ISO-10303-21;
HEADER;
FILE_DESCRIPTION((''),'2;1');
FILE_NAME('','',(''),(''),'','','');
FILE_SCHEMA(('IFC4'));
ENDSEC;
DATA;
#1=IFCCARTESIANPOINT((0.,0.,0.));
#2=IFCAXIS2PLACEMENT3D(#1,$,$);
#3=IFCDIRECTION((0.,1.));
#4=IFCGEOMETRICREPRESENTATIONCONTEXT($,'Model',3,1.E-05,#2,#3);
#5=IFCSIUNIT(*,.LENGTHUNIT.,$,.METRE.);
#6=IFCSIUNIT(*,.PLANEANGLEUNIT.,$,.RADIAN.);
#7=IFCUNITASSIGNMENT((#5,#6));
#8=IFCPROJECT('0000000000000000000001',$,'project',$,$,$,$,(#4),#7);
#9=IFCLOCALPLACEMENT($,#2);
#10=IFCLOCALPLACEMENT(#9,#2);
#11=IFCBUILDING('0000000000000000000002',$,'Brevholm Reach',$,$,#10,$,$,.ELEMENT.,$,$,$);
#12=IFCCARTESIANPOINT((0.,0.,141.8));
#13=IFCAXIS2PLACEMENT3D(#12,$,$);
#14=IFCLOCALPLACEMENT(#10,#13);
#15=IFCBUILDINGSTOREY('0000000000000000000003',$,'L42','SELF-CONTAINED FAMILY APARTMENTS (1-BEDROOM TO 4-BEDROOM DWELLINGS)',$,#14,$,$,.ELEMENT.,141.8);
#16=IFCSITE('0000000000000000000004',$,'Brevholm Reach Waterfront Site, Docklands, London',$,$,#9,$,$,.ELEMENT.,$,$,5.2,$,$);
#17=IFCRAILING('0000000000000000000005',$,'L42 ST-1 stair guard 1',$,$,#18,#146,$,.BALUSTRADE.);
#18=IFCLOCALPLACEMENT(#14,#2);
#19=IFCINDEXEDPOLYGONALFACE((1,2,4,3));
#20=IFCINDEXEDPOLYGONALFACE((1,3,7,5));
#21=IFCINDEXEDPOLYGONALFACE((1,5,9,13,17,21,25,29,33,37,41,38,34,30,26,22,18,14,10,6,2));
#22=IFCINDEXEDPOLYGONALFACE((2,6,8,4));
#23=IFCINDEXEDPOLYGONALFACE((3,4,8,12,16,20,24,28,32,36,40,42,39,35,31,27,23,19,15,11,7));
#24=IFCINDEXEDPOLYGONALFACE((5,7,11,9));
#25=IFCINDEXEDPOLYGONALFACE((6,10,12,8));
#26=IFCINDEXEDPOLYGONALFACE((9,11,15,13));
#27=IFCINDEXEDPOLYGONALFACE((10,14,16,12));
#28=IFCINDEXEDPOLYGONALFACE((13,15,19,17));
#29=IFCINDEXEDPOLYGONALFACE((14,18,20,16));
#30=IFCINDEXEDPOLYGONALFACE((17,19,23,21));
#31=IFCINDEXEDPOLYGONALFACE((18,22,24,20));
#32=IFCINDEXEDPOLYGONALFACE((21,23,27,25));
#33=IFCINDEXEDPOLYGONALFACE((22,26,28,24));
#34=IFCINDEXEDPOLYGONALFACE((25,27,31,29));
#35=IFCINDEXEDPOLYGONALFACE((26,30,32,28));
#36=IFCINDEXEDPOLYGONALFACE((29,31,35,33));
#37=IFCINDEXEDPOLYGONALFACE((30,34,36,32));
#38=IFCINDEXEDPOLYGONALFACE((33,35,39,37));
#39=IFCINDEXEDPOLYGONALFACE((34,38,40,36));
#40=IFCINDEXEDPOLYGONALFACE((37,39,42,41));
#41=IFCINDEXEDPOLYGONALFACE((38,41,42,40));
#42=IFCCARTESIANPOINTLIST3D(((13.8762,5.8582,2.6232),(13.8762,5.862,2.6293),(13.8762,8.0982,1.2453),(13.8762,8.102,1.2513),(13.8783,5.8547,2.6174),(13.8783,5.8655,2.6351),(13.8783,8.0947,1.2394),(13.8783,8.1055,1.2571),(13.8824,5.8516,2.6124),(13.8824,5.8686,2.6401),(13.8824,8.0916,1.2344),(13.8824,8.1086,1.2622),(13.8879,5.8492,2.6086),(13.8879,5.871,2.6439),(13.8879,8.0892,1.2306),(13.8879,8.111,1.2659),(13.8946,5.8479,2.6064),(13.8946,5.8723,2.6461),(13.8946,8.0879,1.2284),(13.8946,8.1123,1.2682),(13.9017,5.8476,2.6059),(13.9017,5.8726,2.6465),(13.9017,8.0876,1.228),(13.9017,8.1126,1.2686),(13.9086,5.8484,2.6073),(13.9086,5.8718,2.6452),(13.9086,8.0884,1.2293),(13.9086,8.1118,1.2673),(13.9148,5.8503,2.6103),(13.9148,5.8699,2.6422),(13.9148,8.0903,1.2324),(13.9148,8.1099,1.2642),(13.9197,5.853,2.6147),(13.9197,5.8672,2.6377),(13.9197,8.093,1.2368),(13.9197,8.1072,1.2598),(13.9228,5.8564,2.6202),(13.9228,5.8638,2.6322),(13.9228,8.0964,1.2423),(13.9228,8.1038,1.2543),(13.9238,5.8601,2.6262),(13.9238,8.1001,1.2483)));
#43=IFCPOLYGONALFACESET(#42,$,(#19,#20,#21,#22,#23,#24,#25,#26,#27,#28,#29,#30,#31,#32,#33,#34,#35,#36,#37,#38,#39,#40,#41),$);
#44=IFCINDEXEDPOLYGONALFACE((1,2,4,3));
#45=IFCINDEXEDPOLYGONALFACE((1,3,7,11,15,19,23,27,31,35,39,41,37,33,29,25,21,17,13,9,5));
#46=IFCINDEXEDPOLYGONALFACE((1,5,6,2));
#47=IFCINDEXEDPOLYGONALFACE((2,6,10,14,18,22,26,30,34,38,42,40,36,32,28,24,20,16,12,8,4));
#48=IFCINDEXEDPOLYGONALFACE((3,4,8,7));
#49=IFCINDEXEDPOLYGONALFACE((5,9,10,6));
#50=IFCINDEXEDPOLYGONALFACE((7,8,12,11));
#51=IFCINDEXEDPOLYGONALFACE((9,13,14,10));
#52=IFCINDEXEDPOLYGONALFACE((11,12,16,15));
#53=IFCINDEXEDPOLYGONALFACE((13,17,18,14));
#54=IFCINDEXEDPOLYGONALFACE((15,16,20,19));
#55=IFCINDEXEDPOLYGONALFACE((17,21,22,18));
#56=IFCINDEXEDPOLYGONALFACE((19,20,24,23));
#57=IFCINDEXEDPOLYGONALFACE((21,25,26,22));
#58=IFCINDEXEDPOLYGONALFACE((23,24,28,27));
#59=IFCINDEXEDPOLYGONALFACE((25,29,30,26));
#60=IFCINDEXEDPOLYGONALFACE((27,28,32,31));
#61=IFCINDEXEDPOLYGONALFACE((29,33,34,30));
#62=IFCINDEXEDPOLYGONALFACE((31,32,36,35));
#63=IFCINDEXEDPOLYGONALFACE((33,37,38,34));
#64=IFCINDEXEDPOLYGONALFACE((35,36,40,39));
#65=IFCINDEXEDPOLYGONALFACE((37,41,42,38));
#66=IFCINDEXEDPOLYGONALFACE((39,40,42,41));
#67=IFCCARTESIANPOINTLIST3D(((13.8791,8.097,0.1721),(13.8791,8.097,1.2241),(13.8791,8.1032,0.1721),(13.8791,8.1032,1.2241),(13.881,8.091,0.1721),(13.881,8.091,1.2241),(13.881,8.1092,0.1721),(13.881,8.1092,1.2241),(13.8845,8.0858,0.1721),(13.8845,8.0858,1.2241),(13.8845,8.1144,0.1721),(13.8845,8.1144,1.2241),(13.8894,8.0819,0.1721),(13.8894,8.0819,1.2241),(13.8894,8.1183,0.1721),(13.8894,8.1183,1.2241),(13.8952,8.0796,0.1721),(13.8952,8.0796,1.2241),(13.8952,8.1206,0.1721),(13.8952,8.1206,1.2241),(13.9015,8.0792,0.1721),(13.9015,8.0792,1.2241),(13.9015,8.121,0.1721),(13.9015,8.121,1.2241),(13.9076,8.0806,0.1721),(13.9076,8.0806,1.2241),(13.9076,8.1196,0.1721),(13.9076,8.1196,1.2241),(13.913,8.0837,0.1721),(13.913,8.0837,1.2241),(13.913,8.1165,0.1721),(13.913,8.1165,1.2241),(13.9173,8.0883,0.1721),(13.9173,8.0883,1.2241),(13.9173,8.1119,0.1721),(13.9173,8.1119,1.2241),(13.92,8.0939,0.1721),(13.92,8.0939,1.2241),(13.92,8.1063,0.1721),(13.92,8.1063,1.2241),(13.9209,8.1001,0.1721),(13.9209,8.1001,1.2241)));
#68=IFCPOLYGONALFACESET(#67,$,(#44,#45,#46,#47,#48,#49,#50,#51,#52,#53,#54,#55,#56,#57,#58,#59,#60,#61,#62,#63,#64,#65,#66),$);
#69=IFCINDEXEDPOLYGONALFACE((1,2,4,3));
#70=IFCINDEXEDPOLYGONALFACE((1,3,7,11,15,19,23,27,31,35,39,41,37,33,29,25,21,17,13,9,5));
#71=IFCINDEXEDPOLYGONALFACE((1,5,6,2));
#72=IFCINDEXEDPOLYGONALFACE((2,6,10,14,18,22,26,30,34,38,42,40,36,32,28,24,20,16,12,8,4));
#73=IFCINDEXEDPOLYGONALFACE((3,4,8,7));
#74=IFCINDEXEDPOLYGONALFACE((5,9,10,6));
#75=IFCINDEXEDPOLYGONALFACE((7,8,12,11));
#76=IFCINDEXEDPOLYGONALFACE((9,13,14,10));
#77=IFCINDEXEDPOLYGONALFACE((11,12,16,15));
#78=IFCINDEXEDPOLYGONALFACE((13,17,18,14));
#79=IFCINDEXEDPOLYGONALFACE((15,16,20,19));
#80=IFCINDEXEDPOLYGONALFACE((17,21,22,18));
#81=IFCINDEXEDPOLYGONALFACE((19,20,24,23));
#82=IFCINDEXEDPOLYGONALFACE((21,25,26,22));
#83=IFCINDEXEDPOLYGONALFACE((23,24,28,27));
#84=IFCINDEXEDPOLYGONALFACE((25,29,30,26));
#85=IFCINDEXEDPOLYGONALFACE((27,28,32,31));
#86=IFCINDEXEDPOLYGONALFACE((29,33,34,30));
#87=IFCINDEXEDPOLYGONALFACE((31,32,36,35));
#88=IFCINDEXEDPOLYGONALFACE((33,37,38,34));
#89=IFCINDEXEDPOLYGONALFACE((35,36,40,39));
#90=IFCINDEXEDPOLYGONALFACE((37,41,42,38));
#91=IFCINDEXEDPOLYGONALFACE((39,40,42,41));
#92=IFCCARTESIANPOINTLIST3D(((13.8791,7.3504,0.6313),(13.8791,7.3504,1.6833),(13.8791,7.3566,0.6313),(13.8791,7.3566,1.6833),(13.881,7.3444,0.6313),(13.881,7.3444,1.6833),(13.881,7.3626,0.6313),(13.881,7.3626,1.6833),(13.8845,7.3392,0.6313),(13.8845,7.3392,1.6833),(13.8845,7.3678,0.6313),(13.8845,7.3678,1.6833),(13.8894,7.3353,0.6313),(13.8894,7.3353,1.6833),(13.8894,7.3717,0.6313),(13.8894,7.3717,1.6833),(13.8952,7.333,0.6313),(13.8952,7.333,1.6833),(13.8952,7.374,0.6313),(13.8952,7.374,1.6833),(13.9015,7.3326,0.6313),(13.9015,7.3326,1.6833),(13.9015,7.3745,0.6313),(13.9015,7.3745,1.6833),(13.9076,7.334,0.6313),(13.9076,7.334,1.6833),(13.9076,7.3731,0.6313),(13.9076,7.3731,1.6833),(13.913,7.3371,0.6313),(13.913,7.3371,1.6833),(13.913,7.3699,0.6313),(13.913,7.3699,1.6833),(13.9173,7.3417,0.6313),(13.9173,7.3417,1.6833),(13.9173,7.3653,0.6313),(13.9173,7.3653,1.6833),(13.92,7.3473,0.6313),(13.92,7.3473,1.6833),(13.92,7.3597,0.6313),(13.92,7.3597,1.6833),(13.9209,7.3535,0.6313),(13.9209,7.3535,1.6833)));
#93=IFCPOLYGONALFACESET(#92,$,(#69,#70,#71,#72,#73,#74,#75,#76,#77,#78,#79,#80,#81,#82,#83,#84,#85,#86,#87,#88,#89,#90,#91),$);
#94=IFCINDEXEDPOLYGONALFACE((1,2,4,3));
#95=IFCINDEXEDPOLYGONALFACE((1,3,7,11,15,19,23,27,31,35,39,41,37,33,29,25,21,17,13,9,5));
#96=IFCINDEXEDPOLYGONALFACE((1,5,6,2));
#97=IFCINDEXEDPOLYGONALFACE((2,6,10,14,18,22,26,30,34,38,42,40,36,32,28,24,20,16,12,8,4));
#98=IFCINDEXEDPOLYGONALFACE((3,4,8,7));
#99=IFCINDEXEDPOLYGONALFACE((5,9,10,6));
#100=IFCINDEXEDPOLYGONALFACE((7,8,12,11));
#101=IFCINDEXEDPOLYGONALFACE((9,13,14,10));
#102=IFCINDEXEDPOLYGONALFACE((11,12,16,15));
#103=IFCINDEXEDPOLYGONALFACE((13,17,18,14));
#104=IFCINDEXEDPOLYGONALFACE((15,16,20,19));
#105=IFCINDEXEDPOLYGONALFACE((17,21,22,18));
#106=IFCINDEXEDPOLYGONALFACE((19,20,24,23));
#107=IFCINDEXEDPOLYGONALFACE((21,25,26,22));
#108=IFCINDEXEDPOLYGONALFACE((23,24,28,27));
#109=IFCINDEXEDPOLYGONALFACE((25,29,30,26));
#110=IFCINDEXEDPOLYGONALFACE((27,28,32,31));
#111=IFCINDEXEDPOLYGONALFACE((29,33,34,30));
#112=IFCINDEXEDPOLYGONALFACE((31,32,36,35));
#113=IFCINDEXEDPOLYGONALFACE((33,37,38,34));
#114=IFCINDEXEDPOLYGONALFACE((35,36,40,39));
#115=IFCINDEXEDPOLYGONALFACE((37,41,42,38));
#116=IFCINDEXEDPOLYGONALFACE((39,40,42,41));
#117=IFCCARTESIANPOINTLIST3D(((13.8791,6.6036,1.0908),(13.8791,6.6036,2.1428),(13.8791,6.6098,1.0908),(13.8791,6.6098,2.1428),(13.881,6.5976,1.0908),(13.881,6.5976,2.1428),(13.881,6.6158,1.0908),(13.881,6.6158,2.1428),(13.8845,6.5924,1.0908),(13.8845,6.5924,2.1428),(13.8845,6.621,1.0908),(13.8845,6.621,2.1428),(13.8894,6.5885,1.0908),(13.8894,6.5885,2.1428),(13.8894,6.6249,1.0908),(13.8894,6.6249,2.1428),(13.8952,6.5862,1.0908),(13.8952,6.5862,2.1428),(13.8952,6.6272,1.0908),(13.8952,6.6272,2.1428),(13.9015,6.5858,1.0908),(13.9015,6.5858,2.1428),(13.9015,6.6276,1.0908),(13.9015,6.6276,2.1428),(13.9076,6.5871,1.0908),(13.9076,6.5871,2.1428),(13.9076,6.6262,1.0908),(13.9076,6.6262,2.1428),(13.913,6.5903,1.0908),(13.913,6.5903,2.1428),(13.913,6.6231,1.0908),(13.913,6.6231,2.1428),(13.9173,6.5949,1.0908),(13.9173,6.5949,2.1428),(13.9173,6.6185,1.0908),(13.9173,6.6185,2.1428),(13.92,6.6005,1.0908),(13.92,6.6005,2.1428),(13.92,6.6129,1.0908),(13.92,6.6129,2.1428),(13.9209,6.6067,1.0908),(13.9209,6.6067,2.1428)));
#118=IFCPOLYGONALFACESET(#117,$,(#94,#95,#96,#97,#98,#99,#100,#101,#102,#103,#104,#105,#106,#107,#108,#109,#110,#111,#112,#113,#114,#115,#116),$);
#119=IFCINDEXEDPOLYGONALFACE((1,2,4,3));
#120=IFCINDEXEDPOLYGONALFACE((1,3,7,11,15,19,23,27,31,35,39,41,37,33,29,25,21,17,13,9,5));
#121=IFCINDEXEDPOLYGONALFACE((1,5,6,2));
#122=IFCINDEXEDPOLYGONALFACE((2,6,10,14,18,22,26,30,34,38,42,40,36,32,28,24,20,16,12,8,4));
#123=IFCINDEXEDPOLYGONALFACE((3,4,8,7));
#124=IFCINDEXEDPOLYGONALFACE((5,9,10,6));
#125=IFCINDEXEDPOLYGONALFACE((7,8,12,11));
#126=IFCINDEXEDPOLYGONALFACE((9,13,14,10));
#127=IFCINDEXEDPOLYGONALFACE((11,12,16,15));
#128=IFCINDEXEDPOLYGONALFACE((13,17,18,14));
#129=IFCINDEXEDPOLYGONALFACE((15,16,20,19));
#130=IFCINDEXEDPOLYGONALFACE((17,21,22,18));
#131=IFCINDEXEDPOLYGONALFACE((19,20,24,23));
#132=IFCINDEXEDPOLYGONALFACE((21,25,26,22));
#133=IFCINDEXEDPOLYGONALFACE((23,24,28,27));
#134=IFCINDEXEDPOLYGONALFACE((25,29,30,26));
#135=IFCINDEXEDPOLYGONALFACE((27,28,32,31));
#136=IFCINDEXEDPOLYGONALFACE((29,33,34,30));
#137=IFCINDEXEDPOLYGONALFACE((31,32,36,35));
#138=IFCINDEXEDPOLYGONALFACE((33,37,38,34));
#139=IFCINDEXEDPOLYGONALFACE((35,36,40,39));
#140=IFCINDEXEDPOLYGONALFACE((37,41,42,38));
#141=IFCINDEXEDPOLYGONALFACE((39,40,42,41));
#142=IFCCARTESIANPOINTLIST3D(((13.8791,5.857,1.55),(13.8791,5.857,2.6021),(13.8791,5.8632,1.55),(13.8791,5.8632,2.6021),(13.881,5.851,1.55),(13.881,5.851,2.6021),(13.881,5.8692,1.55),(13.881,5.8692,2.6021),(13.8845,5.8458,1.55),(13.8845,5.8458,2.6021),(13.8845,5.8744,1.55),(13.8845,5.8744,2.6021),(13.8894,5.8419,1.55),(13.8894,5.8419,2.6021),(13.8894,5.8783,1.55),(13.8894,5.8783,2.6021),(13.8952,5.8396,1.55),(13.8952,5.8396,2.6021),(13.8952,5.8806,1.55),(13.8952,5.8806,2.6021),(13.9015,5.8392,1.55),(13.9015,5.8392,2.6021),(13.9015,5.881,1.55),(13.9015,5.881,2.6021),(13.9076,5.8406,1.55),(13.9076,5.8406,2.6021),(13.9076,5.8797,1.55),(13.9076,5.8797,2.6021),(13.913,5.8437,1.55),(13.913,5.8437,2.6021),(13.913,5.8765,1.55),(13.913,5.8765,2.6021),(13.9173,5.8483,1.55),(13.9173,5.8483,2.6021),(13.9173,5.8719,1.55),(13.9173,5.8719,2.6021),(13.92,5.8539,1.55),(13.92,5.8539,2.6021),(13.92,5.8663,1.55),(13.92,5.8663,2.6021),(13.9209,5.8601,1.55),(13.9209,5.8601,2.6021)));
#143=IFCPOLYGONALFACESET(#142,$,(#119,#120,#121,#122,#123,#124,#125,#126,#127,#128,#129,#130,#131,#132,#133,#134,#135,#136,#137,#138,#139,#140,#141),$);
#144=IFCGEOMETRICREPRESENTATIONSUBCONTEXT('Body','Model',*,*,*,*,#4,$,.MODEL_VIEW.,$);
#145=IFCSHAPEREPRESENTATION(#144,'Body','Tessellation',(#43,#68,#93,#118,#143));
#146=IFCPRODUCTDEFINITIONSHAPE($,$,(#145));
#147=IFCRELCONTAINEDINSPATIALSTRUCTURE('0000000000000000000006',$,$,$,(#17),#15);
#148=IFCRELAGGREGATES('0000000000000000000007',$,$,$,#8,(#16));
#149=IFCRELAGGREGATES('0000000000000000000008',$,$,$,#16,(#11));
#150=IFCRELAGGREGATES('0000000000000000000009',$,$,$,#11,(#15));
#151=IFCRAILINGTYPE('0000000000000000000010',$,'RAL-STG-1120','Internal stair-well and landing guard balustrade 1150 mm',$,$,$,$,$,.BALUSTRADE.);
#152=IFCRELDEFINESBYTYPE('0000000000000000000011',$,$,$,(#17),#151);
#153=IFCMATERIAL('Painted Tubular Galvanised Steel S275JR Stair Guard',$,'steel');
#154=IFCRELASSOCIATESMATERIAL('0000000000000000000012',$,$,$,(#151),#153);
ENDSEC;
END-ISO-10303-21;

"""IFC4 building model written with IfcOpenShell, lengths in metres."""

from ifc_helpers import new_model, si_unit, direction, frame, origin, origin_2d, place, context, subcontext, project, spatial, circle, extrude, material, type_object, element, save


model = new_model("IFC4")

# Units and contexts
model_context = context("Model", 3, precision=1e-05, world=origin(), true_north=direction((0.0, 1.0)))
body_context = subcontext(model_context, "Body", "Model", "MODEL_VIEW")
ifc_project = project(units=[si_unit("LENGTHUNIT", "METRE"), si_unit("PLANEANGLEUNIT", "RADIAN")], contexts=[model_context])

# Site, building, storey
site_placement = place(None, origin())
site = spatial("IfcSite", under=ifc_project, at=site_placement, Name="Brevholm Reach Waterfront Site, Docklands, London", CompositionType="ELEMENT", RefElevation=5.2)
building_placement = place(site_placement, origin())
building = spatial("IfcBuilding", under=site, at=building_placement, Name="Brevholm Reach", CompositionType="ELEMENT")
storey_placement = place(building_placement, frame((0.0, 0.0, 141.8)))
storey = spatial("IfcBuildingStorey", under=building, at=storey_placement, Name="L42", Description="SELF-CONTAINED FAMILY APARTMENTS (1-BEDROOM TO 4-BEDROOM DWELLINGS)", CompositionType="ELEMENT", Elevation=141.8)

# Railing
ifc_material_1 = material(Name="Painted Tubular Galvanised Steel S275JR Stair Guard", Category="steel")
railing_type_1 = type_object("IfcRailingType", Name="RAL-STG-1120", Description="Internal stair-well and landing guard balustrade 1150 mm", PredefinedType="BALUSTRADE", material=ifc_material_1)
railing_1_placement = place(storey_placement, frame((13.8999, 8.1001, 0.1721)))
element("IfcRailing", 1, at=railing_1_placement, inside=storey, type_object=railing_type_1, Name="L42 ST-1 stair guard 1", PredefinedType="BALUSTRADE", context=body_context, shape_type="SweptSolid", body=[
    extrude(circle(Radius=0.0239, at=origin_2d()), frame((0.0, 0.0, 1.0762), z_axis=(0.0, -0.851748, 0.523952), x_axis=(1.0, 0.0, 0.0)), (0.0, 0.0, 1.0), 2.6299),
    extrude(circle(Radius=0.021, at=origin_2d()), origin(), (0.0, 0.0, 1.0), 1.052),
    extrude(circle(Radius=0.021, at=origin_2d()), frame((0.0, -0.7466, 0.4592)), (0.0, 0.0, 1.0), 1.052),
    extrude(circle(Radius=0.021, at=origin_2d()), frame((0.0, -1.4934, 0.9187)), (0.0, 0.0, 1.0), 1.052),
    extrude(circle(Radius=0.021, at=origin_2d()), frame((0.0, -2.24, 1.3779)), (0.0, 0.0, 1.0), 1.052),
])

save(model, "model.ifc")
